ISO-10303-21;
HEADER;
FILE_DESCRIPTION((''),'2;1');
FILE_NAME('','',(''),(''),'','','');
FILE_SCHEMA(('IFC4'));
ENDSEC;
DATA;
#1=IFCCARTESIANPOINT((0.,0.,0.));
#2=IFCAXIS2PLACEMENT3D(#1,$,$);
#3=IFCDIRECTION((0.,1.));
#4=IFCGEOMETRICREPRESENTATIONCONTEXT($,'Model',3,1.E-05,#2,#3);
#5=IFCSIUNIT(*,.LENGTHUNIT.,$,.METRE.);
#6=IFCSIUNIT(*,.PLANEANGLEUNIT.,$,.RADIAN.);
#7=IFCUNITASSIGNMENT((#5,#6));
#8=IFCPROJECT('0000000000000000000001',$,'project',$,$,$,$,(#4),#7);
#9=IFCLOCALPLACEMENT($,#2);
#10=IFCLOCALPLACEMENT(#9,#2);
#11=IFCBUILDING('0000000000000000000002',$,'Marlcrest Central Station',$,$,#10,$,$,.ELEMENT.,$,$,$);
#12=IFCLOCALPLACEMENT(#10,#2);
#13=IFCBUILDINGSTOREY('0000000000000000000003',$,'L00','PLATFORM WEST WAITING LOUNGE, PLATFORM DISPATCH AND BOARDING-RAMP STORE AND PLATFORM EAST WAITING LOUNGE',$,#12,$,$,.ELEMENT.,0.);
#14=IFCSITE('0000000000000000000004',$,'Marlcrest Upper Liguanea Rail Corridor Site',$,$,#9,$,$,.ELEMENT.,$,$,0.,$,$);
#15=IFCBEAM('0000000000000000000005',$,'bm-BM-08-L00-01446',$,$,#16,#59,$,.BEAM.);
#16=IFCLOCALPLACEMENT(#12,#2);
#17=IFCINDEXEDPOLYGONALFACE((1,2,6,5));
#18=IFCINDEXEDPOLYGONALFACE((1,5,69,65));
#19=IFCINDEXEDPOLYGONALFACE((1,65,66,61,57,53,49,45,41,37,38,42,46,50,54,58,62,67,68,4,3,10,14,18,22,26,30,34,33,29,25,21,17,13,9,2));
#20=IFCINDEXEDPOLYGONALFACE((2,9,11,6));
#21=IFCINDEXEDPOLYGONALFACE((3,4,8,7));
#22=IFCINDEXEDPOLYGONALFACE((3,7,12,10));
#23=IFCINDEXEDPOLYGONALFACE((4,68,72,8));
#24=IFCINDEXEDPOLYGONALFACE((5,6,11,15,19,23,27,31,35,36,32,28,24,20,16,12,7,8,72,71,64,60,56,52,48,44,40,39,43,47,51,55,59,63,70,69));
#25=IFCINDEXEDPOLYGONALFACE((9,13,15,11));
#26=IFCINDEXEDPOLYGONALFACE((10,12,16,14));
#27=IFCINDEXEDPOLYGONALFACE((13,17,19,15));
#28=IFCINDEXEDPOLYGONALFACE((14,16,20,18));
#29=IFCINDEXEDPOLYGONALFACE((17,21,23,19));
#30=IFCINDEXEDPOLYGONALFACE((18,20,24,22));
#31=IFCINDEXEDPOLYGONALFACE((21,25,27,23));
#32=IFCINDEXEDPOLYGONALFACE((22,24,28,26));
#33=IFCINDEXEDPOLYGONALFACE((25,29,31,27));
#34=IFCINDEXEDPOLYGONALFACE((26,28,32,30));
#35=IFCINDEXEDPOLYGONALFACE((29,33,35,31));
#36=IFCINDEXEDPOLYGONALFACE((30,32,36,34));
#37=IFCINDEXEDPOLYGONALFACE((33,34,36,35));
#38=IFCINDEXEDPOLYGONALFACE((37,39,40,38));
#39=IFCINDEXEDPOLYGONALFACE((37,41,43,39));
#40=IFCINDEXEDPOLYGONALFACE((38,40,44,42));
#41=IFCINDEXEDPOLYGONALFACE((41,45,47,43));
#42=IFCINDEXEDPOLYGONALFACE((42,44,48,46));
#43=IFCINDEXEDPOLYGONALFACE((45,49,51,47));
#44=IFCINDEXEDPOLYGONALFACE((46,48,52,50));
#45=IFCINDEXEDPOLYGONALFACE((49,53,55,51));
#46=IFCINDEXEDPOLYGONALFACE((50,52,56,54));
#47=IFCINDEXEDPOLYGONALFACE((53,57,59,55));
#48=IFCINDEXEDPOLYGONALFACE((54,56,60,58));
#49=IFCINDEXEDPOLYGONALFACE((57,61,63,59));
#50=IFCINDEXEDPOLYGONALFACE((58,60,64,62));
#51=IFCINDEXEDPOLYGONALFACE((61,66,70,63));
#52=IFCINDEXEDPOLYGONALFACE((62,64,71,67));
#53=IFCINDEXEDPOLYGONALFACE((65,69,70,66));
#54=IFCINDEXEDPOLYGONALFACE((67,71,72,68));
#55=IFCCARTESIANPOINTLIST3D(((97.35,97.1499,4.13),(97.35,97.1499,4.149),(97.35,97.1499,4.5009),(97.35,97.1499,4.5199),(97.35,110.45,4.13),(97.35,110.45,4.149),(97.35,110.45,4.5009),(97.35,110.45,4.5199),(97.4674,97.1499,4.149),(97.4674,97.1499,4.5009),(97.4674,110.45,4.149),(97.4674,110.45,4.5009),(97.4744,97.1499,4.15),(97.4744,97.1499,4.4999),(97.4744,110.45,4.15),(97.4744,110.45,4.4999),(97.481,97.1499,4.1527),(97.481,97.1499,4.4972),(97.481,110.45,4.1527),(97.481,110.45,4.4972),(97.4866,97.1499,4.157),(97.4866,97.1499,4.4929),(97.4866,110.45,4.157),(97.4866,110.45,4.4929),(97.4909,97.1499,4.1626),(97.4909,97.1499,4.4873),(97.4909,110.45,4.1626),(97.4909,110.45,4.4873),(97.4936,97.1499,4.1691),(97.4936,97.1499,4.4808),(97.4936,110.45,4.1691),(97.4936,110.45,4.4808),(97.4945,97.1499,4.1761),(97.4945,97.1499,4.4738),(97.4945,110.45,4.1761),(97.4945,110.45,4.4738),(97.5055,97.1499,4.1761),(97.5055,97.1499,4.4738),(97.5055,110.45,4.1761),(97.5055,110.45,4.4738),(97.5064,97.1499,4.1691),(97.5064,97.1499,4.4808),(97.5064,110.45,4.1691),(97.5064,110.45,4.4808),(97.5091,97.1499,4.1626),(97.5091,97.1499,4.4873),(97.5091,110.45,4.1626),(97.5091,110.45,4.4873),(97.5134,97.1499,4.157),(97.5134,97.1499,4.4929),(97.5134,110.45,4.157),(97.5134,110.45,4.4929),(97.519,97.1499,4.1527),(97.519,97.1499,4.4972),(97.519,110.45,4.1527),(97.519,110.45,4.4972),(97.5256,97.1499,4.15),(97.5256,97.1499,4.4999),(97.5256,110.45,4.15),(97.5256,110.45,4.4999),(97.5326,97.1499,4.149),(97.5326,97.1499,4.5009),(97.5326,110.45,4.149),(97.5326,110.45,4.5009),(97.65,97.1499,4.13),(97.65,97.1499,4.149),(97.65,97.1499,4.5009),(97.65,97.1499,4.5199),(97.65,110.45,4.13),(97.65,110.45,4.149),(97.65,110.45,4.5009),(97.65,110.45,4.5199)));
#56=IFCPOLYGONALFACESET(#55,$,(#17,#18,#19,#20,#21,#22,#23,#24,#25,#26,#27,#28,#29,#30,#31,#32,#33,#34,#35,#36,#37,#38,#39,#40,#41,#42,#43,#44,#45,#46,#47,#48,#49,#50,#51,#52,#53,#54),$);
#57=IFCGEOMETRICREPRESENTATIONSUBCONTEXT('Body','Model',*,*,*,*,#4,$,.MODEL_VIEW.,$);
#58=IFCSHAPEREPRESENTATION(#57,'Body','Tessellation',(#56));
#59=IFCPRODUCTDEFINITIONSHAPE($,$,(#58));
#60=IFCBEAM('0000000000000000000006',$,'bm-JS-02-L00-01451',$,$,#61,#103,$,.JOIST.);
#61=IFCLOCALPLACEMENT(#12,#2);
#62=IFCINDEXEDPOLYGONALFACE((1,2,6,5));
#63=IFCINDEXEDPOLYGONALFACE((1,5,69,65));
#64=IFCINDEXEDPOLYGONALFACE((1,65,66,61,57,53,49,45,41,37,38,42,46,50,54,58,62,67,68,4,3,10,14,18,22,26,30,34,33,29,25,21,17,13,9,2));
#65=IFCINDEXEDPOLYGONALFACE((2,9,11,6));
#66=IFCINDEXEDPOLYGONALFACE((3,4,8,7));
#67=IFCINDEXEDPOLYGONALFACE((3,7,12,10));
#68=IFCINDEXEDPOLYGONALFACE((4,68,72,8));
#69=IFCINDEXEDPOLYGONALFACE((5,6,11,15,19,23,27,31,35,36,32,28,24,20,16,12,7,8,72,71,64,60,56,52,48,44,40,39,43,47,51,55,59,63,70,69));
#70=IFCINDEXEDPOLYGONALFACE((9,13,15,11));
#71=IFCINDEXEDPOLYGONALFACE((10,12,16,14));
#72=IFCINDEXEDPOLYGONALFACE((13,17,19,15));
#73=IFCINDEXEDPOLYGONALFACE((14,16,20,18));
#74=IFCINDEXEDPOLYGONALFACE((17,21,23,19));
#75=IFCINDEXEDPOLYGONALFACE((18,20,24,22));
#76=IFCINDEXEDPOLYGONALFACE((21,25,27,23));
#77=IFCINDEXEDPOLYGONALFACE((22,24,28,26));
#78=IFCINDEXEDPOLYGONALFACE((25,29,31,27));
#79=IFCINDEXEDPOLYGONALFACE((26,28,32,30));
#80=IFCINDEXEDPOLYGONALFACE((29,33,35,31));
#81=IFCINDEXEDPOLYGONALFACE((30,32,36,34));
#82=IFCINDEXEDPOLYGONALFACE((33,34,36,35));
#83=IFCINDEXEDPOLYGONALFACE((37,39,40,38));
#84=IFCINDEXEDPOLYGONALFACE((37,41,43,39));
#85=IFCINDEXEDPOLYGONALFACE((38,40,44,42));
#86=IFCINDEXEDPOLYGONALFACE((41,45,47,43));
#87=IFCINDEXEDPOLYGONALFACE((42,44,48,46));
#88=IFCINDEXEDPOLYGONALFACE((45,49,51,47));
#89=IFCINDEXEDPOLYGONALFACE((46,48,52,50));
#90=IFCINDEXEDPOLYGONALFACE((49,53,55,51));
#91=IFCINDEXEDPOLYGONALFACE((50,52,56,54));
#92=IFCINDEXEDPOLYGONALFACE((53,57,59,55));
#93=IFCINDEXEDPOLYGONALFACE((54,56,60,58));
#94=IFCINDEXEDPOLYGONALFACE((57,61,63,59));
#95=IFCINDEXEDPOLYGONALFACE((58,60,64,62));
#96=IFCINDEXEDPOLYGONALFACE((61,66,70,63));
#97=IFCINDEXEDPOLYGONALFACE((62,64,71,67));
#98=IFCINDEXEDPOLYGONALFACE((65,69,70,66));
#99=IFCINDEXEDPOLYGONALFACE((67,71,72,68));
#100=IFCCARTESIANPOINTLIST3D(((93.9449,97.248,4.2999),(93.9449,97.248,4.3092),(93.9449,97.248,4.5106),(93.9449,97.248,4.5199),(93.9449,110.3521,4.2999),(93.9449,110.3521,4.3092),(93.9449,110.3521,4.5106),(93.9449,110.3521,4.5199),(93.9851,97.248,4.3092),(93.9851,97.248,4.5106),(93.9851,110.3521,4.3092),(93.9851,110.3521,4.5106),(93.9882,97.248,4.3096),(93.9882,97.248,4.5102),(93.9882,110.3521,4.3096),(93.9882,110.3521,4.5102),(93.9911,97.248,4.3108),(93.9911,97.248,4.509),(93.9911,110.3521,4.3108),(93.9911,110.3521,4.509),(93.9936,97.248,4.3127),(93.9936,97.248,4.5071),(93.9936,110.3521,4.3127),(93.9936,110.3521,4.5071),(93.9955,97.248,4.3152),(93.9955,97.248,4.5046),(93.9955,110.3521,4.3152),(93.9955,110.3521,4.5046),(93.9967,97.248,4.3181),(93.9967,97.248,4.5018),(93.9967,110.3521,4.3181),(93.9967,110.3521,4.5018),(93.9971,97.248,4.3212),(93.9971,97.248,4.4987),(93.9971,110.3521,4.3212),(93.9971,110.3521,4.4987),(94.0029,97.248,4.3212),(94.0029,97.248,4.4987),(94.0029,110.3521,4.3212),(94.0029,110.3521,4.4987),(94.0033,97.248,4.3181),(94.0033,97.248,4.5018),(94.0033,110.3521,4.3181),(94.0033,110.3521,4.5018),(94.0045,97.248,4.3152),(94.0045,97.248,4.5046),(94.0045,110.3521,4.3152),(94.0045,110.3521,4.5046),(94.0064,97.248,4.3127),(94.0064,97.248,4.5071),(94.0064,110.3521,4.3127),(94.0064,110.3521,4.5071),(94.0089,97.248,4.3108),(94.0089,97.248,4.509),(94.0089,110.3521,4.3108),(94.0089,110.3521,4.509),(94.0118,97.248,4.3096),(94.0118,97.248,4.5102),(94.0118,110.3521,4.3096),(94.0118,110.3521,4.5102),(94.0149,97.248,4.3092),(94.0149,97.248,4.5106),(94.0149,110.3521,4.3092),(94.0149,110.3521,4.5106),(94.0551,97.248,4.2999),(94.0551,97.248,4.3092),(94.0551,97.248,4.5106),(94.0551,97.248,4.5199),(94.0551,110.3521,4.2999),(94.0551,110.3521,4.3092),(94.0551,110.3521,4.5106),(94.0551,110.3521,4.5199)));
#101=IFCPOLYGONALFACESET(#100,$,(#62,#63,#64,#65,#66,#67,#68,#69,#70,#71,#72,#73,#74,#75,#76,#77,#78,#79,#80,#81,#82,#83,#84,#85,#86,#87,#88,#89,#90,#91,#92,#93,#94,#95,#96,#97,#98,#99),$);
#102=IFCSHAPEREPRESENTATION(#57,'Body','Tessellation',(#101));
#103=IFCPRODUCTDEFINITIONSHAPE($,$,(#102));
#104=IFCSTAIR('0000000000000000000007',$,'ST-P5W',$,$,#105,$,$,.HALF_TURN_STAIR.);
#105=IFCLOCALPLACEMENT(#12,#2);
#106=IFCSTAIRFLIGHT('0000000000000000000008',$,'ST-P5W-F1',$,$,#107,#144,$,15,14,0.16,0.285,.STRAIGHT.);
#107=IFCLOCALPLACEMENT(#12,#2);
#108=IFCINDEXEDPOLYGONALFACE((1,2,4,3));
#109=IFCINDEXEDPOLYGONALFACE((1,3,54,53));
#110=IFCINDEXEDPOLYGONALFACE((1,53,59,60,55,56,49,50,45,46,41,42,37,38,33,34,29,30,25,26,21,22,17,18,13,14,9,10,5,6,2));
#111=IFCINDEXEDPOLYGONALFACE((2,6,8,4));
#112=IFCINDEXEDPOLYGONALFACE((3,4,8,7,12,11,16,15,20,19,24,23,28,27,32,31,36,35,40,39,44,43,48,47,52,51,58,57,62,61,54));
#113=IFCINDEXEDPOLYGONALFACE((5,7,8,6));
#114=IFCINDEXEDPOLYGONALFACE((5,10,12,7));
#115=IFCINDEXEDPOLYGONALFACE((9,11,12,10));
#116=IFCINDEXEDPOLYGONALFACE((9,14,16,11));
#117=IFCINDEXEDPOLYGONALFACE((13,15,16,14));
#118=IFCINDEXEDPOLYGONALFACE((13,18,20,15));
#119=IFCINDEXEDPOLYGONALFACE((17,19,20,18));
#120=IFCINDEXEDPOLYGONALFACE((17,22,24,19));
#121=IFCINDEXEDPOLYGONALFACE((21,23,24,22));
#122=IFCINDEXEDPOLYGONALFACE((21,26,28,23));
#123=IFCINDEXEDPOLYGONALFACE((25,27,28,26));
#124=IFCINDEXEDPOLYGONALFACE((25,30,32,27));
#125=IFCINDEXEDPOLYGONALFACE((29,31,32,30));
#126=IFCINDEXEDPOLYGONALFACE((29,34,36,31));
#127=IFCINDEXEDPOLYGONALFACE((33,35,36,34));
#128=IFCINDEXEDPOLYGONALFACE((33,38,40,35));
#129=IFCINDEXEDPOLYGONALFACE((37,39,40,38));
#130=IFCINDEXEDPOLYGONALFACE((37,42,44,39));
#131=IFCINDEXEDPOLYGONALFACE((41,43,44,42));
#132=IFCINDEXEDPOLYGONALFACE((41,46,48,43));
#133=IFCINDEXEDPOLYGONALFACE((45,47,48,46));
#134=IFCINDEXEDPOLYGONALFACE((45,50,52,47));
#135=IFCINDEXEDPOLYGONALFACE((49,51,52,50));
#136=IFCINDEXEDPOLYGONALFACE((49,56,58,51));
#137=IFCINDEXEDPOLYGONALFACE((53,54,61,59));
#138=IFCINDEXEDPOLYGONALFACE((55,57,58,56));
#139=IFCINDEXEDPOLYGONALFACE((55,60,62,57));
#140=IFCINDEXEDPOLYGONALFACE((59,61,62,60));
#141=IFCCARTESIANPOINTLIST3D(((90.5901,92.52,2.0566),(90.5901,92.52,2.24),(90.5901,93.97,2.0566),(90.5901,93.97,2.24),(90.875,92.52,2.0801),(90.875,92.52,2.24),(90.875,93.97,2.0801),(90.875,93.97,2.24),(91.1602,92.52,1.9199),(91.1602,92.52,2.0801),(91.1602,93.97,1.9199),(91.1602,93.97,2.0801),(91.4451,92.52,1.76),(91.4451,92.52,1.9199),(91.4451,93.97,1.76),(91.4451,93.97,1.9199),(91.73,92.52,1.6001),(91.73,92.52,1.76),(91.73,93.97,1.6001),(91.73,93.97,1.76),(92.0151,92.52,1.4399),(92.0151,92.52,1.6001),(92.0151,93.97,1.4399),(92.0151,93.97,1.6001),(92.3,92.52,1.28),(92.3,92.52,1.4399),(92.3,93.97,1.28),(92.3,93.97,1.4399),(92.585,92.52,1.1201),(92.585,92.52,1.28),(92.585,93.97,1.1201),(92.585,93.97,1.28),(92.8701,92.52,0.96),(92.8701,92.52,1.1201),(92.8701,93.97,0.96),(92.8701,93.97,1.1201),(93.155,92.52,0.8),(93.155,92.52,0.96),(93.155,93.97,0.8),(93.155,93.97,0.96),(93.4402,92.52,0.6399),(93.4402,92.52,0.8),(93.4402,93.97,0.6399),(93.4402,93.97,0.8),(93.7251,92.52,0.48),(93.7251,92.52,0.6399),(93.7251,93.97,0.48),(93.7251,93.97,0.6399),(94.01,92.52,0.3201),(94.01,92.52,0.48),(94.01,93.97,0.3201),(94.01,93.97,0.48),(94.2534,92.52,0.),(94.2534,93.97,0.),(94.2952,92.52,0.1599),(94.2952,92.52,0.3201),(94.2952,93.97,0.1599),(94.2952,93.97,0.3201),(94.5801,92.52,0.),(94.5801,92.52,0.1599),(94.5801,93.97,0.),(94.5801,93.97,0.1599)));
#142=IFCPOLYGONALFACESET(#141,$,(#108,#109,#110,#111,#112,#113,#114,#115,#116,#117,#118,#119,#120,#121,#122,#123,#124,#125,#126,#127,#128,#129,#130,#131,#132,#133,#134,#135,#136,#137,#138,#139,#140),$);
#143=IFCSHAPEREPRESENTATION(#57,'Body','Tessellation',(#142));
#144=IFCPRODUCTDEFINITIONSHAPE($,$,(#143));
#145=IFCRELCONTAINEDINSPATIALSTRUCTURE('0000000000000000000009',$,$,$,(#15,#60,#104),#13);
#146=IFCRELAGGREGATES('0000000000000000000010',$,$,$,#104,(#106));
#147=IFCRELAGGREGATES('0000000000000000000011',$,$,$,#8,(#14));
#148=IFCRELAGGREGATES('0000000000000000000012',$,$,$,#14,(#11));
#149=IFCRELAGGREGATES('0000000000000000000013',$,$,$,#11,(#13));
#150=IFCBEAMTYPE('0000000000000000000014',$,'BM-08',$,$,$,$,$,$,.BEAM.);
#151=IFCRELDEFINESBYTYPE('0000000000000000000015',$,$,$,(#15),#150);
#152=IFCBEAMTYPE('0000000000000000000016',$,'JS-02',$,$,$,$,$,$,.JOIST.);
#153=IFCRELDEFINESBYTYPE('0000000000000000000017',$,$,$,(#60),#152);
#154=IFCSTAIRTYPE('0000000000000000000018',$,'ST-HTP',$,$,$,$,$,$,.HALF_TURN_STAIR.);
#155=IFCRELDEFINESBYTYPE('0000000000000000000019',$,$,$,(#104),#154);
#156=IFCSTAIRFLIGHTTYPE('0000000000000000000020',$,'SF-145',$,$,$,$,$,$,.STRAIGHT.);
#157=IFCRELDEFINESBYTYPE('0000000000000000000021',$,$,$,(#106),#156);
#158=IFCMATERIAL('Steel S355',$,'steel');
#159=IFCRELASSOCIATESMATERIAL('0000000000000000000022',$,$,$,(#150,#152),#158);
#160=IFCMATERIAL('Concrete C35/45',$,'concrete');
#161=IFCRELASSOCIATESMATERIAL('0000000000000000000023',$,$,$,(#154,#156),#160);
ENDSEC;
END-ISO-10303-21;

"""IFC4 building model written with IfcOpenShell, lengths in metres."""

from ifc_helpers import new_model, si_unit, direction, frame, origin, origin_2d, place, context, subcontext, project, spatial, polyline, i_section, outline, extrude, material, material_profile, profile_set, type_object, element, aggregate, save


model = new_model("IFC4")

# Units and contexts
model_context = context("Model", 3, precision=1e-05, world=origin(), true_north=direction((0.0, 1.0)))
body_context = subcontext(model_context, "Body", "Model", "MODEL_VIEW")
ifc_project = project(units=[si_unit("LENGTHUNIT", "METRE"), si_unit("PLANEANGLEUNIT", "RADIAN")], contexts=[model_context])

# Site, building, storey
site_placement = place(None, origin())
site = spatial("IfcSite", under=ifc_project, at=site_placement, Name="Marlcrest Upper Liguanea Rail Corridor Site", CompositionType="ELEMENT", RefElevation=0.0)
building_placement = place(site_placement, origin())
building = spatial("IfcBuilding", under=site, at=building_placement, Name="Marlcrest Central Station", CompositionType="ELEMENT")
storey_placement = place(building_placement, origin())
storey = spatial("IfcBuildingStorey", under=building, at=storey_placement, Name="L00", Description="PLATFORM WEST WAITING LOUNGE, PLATFORM DISPATCH AND BOARDING-RAMP STORE AND PLATFORM EAST WAITING LOUNGE", CompositionType="ELEMENT", Elevation=0.0)

# Shared definitions
ifc_material_1 = material(Name="Concrete C35/45", Category="concrete")

# Shared definitions
ifc_material_2 = material(Name="Steel S355", Category="steel")

# Beams
ifc_material_profile_1 = material_profile(ifc_material_2, i_section(OverallWidth=0.3, OverallDepth=0.3899, WebThickness=0.011, FlangeThickness=0.019, FilletRadius=0.0271, at=origin_2d()), Name="HEA 400")
ifc_profile_set_1 = profile_set([ifc_material_profile_1], Name="Steel S355")
beam_type_1 = type_object("IfcBeamType", Name="BM-08", PredefinedType="BEAM", material=ifc_profile_set_1)
beam_1_placement = place(storey_placement, frame((97.5, 97.1499, 4.325), z_axis=(0.0, 1.0, 0.0), x_axis=(-1.0, 0.0, 0.0)))
element("IfcBeam", 1, at=beam_1_placement, inside=storey, type_object=beam_type_1, Name="bm-BM-08-L00-01446", PredefinedType="BEAM", context=body_context, shape_type="SweptSolid", body=[
    extrude(i_section(OverallWidth=0.3, OverallDepth=0.3899, WebThickness=0.011, FlangeThickness=0.019, FilletRadius=0.0271, at=origin_2d()), origin(), (0.0, 0.0, 1.0), 13.3),
])
ifc_material_profile_2 = material_profile(ifc_material_2, i_section(OverallWidth=0.1101, OverallDepth=0.22, WebThickness=0.0059, FlangeThickness=0.0093, FilletRadius=0.012, at=origin_2d()), Name="IPE 220")
ifc_profile_set_2 = profile_set([ifc_material_profile_2], Name="Steel S355")
beam_type_2 = type_object("IfcBeamType", Name="JS-02", PredefinedType="JOIST", material=ifc_profile_set_2)
beam_2_placement = place(storey_placement, frame((94.0, 97.248, 4.4099), z_axis=(0.0, 1.0, 0.0), x_axis=(-1.0, 0.0, 0.0)))
element("IfcBeam", 2, at=beam_2_placement, inside=storey, type_object=beam_type_2, Name="bm-JS-02-L00-01451", PredefinedType="JOIST", context=body_context, shape_type="SweptSolid", body=[
    extrude(i_section(OverallWidth=0.1101, OverallDepth=0.22, WebThickness=0.0059, FlangeThickness=0.0093, FilletRadius=0.012, at=origin_2d()), origin(), (0.0, 0.0, 1.0), 13.104),
])

# Stair, stair flight
stair_type = type_object("IfcStairType", Name="ST-HTP", PredefinedType="HALF_TURN_STAIR", material=ifc_material_1)
stair_placement = place(storey_placement, origin())
stair = element("IfcStair", 3, at=stair_placement, inside=storey, type_object=stair_type, Name="ST-P5W", PredefinedType="HALF_TURN_STAIR")
stair_flight_type = type_object("IfcStairFlightType", Name="SF-145", PredefinedType="STRAIGHT", material=ifc_material_1)
stair_flight_placement = place(storey_placement, frame((94.5801, 93.2451, 0.0), z_axis=(0.0, 0.0, 1.0), x_axis=(-1.0, 0.0, 0.0)))
stair_flight = element("IfcStairFlight", 4, at=stair_flight_placement, type_object=stair_flight_type, Name="ST-P5W-F1", NumberOfRisers=15, NumberOfTreads=14, PredefinedType="STRAIGHT", RiserHeight=0.16, TreadLength=0.285, context=body_context, shape_type="SweptSolid", body=[
    extrude(outline(polyline([(0.0, 0.0), (0.0, 0.1599), (0.2849, 0.1599), (0.2849, 0.3201), (0.5701, 0.3201), (0.5701, 0.48), (0.855, 0.48), (0.855, 0.6399), (1.1399, 0.6399), (1.1399, 0.8), (1.425, 0.8), (1.425, 0.96), (1.71, 0.96), (1.71, 1.1201), (1.9951, 1.1201), (1.9951, 1.28), (2.28, 1.28), (2.28, 1.4399), (2.5649, 1.4399), (2.5649, 1.6001), (2.8501, 1.6001), (2.8501, 1.76), (3.135, 1.76), (3.135, 1.9199), (3.4199, 1.9199), (3.4199, 2.0801), (3.7051, 2.0801), (3.7051, 2.24), (3.99, 2.24), (3.99, 2.3999), (3.99, 2.0566), (0.3267, 0.0), (0.0, 0.0)])), frame((0.0, 0.7251, 0.0), z_axis=(0.0, -1.0, 0.0), x_axis=(1.0, 0.0, 0.0)), (0.0, 0.0, 1.0), 1.45),
])
aggregate(stair, [stair_flight])

save(model, "model.ifc")
